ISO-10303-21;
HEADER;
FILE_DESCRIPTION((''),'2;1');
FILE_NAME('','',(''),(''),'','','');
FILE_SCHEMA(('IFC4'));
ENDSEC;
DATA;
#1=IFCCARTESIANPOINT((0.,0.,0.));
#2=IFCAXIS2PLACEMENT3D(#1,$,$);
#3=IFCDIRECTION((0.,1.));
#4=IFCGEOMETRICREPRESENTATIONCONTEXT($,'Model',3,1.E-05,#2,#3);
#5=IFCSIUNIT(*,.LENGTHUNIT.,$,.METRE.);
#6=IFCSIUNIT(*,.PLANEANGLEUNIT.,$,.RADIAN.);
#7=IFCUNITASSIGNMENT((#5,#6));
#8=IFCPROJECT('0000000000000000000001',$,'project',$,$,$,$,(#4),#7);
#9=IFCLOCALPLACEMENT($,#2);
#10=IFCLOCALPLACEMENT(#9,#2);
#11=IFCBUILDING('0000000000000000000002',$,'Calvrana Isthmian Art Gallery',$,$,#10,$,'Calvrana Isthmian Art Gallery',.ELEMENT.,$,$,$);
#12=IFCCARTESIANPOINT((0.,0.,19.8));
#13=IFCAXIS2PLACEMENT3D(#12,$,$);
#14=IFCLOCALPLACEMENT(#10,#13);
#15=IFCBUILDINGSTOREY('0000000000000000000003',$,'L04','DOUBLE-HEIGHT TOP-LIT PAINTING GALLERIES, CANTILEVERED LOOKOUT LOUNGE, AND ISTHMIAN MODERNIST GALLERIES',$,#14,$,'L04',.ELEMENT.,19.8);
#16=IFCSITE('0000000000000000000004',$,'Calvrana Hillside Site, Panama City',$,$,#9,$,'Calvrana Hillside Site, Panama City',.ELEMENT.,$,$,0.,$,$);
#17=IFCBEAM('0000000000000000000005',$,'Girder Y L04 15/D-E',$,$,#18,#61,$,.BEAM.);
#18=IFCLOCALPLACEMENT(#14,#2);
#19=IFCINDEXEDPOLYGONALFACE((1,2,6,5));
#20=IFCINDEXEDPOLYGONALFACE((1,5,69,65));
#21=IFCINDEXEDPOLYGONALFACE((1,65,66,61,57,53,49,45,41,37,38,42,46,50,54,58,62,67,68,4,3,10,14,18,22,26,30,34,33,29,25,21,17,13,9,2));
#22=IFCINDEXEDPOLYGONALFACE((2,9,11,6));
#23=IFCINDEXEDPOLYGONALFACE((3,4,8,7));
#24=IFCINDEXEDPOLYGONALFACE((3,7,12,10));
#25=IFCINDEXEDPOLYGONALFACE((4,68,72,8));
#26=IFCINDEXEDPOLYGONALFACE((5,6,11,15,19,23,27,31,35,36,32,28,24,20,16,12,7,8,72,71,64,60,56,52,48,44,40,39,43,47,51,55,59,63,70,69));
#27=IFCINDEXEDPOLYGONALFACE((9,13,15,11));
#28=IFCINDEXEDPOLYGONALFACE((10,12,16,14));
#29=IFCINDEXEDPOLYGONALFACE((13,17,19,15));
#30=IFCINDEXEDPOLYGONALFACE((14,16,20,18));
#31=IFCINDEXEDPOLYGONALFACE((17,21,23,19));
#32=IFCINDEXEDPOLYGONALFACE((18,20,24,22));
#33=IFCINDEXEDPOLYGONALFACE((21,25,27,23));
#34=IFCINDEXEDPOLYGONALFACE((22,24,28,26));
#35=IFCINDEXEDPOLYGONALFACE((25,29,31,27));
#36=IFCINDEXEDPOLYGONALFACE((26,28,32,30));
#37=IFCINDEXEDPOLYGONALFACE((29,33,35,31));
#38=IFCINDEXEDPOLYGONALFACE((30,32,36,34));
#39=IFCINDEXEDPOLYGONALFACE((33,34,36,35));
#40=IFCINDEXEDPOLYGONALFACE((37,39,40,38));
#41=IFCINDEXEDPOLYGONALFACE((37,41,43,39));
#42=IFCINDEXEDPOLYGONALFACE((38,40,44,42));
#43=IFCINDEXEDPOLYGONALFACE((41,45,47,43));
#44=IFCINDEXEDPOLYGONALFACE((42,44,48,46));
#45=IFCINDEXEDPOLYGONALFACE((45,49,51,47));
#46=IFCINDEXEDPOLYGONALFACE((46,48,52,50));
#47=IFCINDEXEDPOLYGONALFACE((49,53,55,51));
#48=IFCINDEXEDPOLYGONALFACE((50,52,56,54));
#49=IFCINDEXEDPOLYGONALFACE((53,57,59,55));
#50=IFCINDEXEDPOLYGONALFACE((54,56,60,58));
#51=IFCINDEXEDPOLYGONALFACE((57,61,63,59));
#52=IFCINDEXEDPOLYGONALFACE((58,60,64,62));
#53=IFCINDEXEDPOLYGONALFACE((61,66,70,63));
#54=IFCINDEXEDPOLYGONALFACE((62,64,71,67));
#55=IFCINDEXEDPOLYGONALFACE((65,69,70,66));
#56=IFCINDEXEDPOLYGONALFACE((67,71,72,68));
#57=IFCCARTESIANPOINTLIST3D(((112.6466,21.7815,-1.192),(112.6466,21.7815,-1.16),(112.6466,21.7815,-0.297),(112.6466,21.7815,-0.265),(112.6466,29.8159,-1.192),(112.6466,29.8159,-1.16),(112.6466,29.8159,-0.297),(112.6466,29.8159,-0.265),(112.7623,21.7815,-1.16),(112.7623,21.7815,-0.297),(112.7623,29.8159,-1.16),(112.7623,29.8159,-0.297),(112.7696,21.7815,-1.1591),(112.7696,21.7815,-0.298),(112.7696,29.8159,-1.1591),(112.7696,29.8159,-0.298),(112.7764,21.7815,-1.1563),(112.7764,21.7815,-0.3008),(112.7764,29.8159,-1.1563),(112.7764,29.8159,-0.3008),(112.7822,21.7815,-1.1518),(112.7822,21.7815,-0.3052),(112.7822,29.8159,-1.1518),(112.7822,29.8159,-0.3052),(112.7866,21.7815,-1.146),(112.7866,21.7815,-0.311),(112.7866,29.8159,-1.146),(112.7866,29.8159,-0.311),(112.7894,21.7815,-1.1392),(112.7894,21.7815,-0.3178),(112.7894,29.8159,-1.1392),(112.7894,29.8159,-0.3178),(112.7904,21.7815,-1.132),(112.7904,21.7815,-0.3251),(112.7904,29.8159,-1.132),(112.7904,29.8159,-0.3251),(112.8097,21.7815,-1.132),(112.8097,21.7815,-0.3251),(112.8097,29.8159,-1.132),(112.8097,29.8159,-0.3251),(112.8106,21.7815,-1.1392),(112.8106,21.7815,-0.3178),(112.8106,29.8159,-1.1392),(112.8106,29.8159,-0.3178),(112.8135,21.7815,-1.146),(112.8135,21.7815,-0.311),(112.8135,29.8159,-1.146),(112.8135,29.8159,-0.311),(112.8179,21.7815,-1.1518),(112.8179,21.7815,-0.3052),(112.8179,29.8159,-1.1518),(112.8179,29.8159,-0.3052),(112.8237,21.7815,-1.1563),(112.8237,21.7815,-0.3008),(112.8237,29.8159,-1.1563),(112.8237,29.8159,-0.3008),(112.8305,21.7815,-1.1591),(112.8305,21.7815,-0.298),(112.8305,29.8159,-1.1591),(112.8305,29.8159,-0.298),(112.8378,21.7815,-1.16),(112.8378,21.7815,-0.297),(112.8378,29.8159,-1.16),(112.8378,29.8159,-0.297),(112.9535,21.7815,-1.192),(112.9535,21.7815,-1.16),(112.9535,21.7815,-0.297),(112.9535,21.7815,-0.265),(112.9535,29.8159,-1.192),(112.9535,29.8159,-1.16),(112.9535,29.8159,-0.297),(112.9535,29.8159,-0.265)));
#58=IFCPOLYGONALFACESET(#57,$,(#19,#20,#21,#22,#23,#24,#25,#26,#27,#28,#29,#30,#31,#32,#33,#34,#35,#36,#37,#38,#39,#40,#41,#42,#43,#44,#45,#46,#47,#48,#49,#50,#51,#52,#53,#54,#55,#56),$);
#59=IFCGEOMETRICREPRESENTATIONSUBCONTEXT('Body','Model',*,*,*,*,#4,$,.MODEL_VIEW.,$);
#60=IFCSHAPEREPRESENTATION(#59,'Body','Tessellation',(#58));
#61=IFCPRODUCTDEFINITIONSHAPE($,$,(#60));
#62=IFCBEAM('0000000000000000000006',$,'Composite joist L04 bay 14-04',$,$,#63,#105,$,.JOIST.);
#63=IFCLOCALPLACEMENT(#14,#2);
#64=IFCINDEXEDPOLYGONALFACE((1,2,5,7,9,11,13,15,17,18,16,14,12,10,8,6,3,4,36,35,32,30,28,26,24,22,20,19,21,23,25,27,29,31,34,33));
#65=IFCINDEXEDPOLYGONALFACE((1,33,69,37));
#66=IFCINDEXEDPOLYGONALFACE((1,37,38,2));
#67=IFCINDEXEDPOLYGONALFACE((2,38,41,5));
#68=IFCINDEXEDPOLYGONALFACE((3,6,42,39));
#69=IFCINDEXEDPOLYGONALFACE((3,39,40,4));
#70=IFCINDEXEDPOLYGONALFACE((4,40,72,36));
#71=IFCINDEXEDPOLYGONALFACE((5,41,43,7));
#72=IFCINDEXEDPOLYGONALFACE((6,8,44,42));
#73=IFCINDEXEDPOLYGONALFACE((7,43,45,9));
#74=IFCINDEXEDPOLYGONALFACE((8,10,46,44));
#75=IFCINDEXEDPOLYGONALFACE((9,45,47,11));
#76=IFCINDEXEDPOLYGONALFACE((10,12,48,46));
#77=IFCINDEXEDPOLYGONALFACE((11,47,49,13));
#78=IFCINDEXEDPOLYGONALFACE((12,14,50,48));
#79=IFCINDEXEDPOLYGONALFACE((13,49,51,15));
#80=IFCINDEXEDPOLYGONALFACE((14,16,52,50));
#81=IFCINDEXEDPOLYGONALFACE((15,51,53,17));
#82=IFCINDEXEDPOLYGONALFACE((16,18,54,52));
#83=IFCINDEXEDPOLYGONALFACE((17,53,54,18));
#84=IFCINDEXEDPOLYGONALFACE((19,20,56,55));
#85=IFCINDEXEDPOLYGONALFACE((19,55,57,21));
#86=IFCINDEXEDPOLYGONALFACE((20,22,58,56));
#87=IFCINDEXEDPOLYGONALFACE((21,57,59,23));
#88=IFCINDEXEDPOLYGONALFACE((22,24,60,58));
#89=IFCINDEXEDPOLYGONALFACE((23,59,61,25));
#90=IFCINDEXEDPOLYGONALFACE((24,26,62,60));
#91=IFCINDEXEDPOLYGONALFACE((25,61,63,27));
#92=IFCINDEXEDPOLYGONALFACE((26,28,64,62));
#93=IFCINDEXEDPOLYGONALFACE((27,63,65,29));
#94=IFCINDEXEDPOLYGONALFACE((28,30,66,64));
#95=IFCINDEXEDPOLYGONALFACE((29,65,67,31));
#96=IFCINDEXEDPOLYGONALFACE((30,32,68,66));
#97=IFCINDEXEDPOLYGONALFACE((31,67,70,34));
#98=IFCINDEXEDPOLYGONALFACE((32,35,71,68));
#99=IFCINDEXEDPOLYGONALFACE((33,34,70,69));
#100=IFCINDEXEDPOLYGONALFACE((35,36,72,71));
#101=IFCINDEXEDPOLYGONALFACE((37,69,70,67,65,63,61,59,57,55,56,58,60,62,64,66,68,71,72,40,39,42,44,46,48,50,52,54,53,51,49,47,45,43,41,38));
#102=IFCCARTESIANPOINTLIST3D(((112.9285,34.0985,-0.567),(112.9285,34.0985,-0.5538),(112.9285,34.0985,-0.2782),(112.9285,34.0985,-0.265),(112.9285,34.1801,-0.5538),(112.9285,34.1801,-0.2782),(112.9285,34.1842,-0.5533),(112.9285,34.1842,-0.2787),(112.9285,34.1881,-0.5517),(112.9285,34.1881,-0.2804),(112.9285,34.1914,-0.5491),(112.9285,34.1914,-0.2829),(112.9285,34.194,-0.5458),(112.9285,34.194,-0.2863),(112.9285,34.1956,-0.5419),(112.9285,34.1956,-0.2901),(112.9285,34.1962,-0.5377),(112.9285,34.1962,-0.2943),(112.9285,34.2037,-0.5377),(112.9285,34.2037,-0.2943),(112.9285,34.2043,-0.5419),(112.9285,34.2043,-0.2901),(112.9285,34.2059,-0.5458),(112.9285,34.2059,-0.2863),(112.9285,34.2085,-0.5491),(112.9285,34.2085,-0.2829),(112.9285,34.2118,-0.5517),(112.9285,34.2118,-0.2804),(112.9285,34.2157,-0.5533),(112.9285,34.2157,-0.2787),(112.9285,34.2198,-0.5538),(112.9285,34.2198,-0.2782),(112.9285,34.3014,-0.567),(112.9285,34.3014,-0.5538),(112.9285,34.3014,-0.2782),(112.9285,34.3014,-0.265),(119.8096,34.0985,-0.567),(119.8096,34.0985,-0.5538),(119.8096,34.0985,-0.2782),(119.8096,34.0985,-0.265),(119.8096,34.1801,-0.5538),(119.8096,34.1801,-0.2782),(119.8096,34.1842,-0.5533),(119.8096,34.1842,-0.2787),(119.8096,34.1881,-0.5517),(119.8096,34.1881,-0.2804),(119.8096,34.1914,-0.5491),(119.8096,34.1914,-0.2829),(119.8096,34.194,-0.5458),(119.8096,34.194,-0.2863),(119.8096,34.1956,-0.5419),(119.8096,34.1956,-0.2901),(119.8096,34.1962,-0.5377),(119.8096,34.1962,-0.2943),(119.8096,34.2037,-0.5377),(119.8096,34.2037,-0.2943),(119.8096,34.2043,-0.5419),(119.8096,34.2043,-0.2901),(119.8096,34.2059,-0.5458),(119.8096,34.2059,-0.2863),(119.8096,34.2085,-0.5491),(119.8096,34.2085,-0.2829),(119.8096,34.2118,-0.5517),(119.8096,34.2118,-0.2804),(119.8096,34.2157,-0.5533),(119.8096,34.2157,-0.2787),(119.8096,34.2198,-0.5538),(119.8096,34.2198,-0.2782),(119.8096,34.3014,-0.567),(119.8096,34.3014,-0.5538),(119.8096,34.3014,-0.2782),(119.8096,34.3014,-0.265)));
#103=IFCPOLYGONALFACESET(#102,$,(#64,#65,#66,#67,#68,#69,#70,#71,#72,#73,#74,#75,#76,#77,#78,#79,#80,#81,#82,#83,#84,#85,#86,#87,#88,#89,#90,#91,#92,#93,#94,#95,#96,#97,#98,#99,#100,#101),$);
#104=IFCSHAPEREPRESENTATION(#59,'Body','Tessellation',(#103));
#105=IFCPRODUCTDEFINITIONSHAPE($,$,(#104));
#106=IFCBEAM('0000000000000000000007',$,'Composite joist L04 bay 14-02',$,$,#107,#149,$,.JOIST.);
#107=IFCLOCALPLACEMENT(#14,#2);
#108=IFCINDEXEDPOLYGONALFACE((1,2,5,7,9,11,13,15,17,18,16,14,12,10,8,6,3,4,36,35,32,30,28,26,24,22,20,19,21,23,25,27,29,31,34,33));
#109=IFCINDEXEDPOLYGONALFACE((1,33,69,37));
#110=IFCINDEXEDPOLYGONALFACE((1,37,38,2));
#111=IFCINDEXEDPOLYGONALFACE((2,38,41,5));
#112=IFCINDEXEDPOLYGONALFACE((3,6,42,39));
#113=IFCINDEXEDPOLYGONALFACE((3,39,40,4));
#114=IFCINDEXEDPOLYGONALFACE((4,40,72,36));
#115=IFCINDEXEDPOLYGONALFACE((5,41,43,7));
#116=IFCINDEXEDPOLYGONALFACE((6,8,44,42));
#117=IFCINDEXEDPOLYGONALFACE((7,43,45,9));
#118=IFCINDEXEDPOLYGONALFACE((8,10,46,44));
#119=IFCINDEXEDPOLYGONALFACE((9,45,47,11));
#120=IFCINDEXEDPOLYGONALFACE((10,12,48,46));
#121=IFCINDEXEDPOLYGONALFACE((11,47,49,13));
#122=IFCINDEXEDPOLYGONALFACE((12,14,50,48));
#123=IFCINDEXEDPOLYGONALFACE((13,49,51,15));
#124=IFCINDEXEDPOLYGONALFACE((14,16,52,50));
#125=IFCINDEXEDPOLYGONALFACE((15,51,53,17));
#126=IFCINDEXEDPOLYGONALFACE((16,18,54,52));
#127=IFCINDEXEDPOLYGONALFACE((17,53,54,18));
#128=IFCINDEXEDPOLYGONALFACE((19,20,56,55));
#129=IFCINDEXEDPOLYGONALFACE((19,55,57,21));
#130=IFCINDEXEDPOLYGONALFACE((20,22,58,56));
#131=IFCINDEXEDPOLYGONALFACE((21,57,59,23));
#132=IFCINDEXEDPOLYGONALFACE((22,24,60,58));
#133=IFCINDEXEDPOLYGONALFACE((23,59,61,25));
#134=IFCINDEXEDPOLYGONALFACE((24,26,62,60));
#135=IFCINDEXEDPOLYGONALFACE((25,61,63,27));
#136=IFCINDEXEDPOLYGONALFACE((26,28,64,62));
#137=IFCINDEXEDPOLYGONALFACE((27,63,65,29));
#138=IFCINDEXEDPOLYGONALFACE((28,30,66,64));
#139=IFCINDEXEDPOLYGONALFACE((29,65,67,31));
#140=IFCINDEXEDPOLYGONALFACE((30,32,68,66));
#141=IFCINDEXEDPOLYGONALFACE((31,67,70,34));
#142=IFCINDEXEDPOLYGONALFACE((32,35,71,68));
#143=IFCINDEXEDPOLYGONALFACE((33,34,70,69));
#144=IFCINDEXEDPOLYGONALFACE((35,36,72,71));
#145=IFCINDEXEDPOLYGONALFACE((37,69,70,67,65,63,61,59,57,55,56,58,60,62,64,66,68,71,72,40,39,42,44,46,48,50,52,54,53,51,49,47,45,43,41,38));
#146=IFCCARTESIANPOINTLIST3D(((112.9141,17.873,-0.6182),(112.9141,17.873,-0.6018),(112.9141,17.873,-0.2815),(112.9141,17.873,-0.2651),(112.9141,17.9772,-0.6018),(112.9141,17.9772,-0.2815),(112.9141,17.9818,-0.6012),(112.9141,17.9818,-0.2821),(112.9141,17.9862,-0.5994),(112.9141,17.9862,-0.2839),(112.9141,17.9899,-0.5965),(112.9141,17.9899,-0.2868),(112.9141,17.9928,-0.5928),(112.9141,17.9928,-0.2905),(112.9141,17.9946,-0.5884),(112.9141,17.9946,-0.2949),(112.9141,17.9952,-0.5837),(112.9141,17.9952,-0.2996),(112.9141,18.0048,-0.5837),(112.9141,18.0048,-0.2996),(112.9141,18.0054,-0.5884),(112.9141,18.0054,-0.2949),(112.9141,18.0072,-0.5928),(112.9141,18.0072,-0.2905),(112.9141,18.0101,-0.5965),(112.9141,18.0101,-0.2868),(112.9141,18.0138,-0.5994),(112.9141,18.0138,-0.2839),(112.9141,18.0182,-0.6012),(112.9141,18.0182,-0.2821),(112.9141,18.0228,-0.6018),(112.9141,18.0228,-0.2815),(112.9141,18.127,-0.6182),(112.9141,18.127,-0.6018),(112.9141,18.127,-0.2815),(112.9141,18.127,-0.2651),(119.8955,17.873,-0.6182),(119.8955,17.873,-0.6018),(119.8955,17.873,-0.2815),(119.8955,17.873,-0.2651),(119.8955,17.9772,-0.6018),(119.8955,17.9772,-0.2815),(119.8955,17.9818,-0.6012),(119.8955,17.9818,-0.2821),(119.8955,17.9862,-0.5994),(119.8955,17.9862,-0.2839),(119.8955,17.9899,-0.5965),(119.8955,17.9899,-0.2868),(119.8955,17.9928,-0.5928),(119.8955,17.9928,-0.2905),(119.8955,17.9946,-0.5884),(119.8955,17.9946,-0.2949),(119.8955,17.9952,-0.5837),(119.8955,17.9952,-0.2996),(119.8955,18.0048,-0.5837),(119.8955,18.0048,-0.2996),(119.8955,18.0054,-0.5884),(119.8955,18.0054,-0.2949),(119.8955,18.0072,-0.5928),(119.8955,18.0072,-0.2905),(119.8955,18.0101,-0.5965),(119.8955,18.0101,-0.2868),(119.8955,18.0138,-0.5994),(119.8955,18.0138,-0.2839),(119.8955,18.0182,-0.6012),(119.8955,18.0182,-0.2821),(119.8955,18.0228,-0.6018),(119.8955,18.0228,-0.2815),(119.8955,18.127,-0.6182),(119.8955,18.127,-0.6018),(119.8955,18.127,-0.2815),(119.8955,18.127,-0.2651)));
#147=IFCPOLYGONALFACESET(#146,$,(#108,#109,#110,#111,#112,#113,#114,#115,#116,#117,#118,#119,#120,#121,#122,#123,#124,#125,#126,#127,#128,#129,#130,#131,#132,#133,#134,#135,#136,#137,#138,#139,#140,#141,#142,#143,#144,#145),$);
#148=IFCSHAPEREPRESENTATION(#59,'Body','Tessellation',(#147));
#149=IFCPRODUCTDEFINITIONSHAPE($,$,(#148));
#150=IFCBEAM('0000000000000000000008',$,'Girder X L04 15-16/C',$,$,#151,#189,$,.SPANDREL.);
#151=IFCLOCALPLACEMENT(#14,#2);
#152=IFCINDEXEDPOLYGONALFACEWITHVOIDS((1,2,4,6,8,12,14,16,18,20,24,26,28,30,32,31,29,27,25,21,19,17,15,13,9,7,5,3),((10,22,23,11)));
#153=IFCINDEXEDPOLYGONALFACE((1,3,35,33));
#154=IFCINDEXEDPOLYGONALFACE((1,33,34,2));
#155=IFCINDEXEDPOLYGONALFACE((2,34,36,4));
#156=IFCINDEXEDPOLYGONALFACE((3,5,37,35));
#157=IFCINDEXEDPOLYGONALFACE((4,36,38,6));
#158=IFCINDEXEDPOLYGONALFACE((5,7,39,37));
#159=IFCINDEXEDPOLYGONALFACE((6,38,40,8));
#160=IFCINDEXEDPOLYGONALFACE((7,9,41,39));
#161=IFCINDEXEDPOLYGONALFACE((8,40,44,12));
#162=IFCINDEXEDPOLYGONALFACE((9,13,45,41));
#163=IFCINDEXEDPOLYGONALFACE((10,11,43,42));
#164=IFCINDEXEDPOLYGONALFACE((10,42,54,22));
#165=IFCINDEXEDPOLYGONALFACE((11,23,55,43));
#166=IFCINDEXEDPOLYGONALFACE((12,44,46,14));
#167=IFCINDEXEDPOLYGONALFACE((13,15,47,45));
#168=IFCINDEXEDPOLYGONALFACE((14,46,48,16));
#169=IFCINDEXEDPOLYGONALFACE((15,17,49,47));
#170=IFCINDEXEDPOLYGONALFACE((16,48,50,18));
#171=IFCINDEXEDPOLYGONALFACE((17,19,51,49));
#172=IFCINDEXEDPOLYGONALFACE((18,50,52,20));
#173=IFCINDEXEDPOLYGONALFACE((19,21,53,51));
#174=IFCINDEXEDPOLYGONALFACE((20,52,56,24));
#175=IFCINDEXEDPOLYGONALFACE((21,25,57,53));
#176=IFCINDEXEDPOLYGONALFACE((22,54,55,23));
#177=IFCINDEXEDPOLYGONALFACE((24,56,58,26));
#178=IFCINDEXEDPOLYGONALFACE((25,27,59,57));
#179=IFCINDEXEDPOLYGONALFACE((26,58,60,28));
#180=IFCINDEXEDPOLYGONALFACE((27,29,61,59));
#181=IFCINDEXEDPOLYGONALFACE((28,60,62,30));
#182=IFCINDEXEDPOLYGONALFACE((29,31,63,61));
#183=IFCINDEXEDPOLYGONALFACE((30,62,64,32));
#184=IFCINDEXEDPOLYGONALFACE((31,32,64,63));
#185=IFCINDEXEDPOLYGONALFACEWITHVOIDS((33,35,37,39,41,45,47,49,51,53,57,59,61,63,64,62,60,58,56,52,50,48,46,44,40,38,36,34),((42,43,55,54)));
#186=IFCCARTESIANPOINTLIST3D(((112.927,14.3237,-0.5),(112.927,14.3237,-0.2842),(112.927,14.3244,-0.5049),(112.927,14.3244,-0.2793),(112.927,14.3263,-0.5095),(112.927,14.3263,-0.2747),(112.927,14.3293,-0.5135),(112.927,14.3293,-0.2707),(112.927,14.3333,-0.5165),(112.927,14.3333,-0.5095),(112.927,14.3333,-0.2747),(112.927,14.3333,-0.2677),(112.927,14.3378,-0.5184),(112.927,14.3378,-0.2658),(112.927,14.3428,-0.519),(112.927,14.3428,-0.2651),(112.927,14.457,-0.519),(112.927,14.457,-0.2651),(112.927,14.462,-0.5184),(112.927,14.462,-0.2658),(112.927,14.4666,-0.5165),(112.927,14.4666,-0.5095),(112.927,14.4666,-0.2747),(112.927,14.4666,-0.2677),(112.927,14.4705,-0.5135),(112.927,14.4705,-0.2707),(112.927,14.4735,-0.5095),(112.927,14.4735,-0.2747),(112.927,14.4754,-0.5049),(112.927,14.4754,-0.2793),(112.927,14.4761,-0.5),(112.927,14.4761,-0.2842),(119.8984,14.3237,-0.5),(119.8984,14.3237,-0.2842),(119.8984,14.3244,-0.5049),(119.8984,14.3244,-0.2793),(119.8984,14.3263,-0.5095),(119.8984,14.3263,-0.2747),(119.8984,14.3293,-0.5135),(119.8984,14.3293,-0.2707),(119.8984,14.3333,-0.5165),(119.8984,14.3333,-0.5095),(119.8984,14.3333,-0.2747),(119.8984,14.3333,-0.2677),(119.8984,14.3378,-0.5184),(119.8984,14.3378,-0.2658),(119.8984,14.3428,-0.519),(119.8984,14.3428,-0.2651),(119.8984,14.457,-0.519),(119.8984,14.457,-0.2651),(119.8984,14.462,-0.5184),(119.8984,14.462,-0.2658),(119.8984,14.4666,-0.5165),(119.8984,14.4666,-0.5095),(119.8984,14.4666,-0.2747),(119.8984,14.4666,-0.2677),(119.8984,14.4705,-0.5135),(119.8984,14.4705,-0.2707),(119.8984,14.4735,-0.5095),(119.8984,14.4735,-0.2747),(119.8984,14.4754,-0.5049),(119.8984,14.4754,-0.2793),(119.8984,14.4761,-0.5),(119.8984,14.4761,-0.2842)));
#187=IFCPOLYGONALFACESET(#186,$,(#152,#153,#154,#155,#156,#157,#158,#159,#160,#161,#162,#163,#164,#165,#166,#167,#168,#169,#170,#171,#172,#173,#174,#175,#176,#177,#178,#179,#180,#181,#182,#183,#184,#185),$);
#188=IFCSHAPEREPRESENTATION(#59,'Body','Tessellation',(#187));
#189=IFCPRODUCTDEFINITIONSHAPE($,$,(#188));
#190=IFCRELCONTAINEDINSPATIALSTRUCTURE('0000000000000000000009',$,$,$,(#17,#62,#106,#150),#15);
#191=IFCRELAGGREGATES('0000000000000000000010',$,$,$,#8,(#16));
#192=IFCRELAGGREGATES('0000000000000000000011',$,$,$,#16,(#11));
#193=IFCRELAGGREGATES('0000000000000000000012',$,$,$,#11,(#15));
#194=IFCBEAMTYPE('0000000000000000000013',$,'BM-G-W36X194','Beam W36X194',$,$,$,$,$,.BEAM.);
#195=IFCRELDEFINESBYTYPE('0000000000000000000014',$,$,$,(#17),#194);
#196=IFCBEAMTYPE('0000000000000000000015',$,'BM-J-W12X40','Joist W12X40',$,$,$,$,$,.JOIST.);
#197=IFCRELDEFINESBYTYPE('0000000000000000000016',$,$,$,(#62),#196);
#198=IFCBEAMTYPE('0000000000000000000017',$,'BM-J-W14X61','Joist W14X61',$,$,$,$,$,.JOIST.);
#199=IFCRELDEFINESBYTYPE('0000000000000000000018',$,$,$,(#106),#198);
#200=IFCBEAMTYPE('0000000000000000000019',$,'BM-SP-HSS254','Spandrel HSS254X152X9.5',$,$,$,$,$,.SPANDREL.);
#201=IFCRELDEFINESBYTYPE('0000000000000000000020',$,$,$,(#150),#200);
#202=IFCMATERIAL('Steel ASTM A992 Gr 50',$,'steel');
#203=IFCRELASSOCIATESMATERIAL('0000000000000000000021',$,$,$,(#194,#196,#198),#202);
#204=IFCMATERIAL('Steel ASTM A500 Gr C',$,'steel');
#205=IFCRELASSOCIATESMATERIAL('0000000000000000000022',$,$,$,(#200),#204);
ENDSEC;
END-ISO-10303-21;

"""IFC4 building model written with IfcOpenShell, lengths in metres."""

from ifc_helpers import new_model, si_unit, direction, frame, origin, origin_2d, place, context, subcontext, project, spatial, hollow_rectangle, i_section, extrude, material, material_profile, profile_set, type_object, element, save


model = new_model("IFC4")

# Units and contexts
model_context = context("Model", 3, precision=1e-05, world=origin(), true_north=direction((0.0, 1.0)))
body_context = subcontext(model_context, "Body", "Model", "MODEL_VIEW")
ifc_project = project(units=[si_unit("LENGTHUNIT", "METRE"), si_unit("PLANEANGLEUNIT", "RADIAN")], contexts=[model_context])

# Site, building, storey
site_placement = place(None, origin())
site = spatial("IfcSite", under=ifc_project, at=site_placement, Name="Calvrana Hillside Site, Panama City", LongName="Calvrana Hillside Site, Panama City", CompositionType="ELEMENT", RefElevation=0.0)
building_placement = place(site_placement, origin())
building = spatial("IfcBuilding", under=site, at=building_placement, Name="Calvrana Isthmian Art Gallery", LongName="Calvrana Isthmian Art Gallery", CompositionType="ELEMENT")
storey_placement = place(building_placement, frame((0.0, 0.0, 19.8)))
storey = spatial("IfcBuildingStorey", under=building, at=storey_placement, Name="L04", Description="DOUBLE-HEIGHT TOP-LIT PAINTING GALLERIES, CANTILEVERED LOOKOUT LOUNGE, AND ISTHMIAN MODERNIST GALLERIES", LongName="L04", CompositionType="ELEMENT", Elevation=19.8)

# Shared definitions
ifc_material_1 = material(Name="Steel ASTM A992 Gr 50", Category="steel")

# Beams
ifc_material_profile_1 = material_profile(ifc_material_1, i_section(OverallWidth=0.3069, OverallDepth=0.927, WebThickness=0.0193, FlangeThickness=0.032, FilletRadius=0.0281, at=origin_2d()), Name="W36X194")
ifc_profile_set_1 = profile_set([ifc_material_profile_1], Name="Steel ASTM A992 Gr 50")
beam_type_1 = type_object("IfcBeamType", Name="BM-G-W36X194", Description="Beam W36X194", PredefinedType="BEAM", material=ifc_profile_set_1)
beam_1_placement = place(storey_placement, frame((112.8, 21.7815, -0.7285), z_axis=(0.0, 1.0, 0.0), x_axis=(-1.0, 0.0, 0.0)))
element("IfcBeam", 1, at=beam_1_placement, inside=storey, type_object=beam_type_1, Name="Girder Y L04 15/D-E", PredefinedType="BEAM", context=body_context, shape_type="SweptSolid", body=[
    extrude(i_section(OverallWidth=0.3069, OverallDepth=0.927, WebThickness=0.0193, FlangeThickness=0.032, FilletRadius=0.0281, at=origin_2d()), origin(), (0.0, 0.0, 1.0), 8.0344),
])
ifc_material_profile_2 = material_profile(ifc_material_1, i_section(OverallWidth=0.2029, OverallDepth=0.302, WebThickness=0.0076, FlangeThickness=0.0132, FilletRadius=0.0161, at=origin_2d()), Name="W12X40")
ifc_profile_set_2 = profile_set([ifc_material_profile_2], Name="Steel ASTM A992 Gr 50")
beam_type_2 = type_object("IfcBeamType", Name="BM-J-W12X40", Description="Joist W12X40", PredefinedType="JOIST", material=ifc_profile_set_2)
beam_2_placement = place(storey_placement, frame((112.9285, 34.2, -0.416), z_axis=(1.0, 0.0, 0.0), x_axis=(0.0, 1.0, 0.0)))
element("IfcBeam", 2, at=beam_2_placement, inside=storey, type_object=beam_type_2, Name="Composite joist L04 bay 14-04", PredefinedType="JOIST", context=body_context, shape_type="SweptSolid", body=[
    extrude(i_section(OverallWidth=0.2029, OverallDepth=0.302, WebThickness=0.0076, FlangeThickness=0.0132, FilletRadius=0.0161, at=origin_2d()), origin(), (0.0, 0.0, 1.0), 6.8811),
])
ifc_material_profile_3 = material_profile(ifc_material_1, i_section(OverallWidth=0.2539, OverallDepth=0.353, WebThickness=0.0095, FlangeThickness=0.0164, FilletRadius=0.0181, at=origin_2d()), Name="W14X61")
ifc_profile_set_3 = profile_set([ifc_material_profile_3], Name="Steel ASTM A992 Gr 50")
beam_type_3 = type_object("IfcBeamType", Name="BM-J-W14X61", Description="Joist W14X61", PredefinedType="JOIST", material=ifc_profile_set_3)
beam_3_placement = place(storey_placement, frame((112.9141, 18.0, -0.4417), z_axis=(1.0, 0.0, 0.0), x_axis=(0.0, 1.0, 0.0)))
element("IfcBeam", 3, at=beam_3_placement, inside=storey, type_object=beam_type_3, Name="Composite joist L04 bay 14-02", PredefinedType="JOIST", context=body_context, shape_type="SweptSolid", body=[
    extrude(i_section(OverallWidth=0.2539, OverallDepth=0.353, WebThickness=0.0095, FlangeThickness=0.0164, FilletRadius=0.0181, at=origin_2d()), origin(), (0.0, 0.0, 1.0), 6.9814),
])
ifc_material_2 = material(Name="Steel ASTM A500 Gr C", Category="steel")
ifc_material_profile_4 = material_profile(ifc_material_2, hollow_rectangle(XDim=0.1523, YDim=0.2539, WallThickness=0.0095, OuterFilletRadius=0.019, at=origin_2d()), Name="HSS254X152X9.5")
ifc_profile_set_4 = profile_set([ifc_material_profile_4], Name="Steel ASTM A500 Gr C")
beam_type_4 = type_object("IfcBeamType", Name="BM-SP-HSS254", Description="Spandrel HSS254X152X9.5", PredefinedType="SPANDREL", material=ifc_profile_set_4)
beam_4_placement = place(storey_placement, frame((112.927, 14.3999, -0.3921), z_axis=(1.0, 0.0, 0.0), x_axis=(0.0, 1.0, 0.0)))
element("IfcBeam", 4, at=beam_4_placement, inside=storey, type_object=beam_type_4, Name="Girder X L04 15-16/C", PredefinedType="SPANDREL", context=body_context, shape_type="SweptSolid", body=[
    extrude(hollow_rectangle(XDim=0.1523, YDim=0.2539, WallThickness=0.0095, OuterFilletRadius=0.019, at=origin_2d()), origin(), (0.0, 0.0, 1.0), 6.9714),
])

save(model, "model.ifc")
